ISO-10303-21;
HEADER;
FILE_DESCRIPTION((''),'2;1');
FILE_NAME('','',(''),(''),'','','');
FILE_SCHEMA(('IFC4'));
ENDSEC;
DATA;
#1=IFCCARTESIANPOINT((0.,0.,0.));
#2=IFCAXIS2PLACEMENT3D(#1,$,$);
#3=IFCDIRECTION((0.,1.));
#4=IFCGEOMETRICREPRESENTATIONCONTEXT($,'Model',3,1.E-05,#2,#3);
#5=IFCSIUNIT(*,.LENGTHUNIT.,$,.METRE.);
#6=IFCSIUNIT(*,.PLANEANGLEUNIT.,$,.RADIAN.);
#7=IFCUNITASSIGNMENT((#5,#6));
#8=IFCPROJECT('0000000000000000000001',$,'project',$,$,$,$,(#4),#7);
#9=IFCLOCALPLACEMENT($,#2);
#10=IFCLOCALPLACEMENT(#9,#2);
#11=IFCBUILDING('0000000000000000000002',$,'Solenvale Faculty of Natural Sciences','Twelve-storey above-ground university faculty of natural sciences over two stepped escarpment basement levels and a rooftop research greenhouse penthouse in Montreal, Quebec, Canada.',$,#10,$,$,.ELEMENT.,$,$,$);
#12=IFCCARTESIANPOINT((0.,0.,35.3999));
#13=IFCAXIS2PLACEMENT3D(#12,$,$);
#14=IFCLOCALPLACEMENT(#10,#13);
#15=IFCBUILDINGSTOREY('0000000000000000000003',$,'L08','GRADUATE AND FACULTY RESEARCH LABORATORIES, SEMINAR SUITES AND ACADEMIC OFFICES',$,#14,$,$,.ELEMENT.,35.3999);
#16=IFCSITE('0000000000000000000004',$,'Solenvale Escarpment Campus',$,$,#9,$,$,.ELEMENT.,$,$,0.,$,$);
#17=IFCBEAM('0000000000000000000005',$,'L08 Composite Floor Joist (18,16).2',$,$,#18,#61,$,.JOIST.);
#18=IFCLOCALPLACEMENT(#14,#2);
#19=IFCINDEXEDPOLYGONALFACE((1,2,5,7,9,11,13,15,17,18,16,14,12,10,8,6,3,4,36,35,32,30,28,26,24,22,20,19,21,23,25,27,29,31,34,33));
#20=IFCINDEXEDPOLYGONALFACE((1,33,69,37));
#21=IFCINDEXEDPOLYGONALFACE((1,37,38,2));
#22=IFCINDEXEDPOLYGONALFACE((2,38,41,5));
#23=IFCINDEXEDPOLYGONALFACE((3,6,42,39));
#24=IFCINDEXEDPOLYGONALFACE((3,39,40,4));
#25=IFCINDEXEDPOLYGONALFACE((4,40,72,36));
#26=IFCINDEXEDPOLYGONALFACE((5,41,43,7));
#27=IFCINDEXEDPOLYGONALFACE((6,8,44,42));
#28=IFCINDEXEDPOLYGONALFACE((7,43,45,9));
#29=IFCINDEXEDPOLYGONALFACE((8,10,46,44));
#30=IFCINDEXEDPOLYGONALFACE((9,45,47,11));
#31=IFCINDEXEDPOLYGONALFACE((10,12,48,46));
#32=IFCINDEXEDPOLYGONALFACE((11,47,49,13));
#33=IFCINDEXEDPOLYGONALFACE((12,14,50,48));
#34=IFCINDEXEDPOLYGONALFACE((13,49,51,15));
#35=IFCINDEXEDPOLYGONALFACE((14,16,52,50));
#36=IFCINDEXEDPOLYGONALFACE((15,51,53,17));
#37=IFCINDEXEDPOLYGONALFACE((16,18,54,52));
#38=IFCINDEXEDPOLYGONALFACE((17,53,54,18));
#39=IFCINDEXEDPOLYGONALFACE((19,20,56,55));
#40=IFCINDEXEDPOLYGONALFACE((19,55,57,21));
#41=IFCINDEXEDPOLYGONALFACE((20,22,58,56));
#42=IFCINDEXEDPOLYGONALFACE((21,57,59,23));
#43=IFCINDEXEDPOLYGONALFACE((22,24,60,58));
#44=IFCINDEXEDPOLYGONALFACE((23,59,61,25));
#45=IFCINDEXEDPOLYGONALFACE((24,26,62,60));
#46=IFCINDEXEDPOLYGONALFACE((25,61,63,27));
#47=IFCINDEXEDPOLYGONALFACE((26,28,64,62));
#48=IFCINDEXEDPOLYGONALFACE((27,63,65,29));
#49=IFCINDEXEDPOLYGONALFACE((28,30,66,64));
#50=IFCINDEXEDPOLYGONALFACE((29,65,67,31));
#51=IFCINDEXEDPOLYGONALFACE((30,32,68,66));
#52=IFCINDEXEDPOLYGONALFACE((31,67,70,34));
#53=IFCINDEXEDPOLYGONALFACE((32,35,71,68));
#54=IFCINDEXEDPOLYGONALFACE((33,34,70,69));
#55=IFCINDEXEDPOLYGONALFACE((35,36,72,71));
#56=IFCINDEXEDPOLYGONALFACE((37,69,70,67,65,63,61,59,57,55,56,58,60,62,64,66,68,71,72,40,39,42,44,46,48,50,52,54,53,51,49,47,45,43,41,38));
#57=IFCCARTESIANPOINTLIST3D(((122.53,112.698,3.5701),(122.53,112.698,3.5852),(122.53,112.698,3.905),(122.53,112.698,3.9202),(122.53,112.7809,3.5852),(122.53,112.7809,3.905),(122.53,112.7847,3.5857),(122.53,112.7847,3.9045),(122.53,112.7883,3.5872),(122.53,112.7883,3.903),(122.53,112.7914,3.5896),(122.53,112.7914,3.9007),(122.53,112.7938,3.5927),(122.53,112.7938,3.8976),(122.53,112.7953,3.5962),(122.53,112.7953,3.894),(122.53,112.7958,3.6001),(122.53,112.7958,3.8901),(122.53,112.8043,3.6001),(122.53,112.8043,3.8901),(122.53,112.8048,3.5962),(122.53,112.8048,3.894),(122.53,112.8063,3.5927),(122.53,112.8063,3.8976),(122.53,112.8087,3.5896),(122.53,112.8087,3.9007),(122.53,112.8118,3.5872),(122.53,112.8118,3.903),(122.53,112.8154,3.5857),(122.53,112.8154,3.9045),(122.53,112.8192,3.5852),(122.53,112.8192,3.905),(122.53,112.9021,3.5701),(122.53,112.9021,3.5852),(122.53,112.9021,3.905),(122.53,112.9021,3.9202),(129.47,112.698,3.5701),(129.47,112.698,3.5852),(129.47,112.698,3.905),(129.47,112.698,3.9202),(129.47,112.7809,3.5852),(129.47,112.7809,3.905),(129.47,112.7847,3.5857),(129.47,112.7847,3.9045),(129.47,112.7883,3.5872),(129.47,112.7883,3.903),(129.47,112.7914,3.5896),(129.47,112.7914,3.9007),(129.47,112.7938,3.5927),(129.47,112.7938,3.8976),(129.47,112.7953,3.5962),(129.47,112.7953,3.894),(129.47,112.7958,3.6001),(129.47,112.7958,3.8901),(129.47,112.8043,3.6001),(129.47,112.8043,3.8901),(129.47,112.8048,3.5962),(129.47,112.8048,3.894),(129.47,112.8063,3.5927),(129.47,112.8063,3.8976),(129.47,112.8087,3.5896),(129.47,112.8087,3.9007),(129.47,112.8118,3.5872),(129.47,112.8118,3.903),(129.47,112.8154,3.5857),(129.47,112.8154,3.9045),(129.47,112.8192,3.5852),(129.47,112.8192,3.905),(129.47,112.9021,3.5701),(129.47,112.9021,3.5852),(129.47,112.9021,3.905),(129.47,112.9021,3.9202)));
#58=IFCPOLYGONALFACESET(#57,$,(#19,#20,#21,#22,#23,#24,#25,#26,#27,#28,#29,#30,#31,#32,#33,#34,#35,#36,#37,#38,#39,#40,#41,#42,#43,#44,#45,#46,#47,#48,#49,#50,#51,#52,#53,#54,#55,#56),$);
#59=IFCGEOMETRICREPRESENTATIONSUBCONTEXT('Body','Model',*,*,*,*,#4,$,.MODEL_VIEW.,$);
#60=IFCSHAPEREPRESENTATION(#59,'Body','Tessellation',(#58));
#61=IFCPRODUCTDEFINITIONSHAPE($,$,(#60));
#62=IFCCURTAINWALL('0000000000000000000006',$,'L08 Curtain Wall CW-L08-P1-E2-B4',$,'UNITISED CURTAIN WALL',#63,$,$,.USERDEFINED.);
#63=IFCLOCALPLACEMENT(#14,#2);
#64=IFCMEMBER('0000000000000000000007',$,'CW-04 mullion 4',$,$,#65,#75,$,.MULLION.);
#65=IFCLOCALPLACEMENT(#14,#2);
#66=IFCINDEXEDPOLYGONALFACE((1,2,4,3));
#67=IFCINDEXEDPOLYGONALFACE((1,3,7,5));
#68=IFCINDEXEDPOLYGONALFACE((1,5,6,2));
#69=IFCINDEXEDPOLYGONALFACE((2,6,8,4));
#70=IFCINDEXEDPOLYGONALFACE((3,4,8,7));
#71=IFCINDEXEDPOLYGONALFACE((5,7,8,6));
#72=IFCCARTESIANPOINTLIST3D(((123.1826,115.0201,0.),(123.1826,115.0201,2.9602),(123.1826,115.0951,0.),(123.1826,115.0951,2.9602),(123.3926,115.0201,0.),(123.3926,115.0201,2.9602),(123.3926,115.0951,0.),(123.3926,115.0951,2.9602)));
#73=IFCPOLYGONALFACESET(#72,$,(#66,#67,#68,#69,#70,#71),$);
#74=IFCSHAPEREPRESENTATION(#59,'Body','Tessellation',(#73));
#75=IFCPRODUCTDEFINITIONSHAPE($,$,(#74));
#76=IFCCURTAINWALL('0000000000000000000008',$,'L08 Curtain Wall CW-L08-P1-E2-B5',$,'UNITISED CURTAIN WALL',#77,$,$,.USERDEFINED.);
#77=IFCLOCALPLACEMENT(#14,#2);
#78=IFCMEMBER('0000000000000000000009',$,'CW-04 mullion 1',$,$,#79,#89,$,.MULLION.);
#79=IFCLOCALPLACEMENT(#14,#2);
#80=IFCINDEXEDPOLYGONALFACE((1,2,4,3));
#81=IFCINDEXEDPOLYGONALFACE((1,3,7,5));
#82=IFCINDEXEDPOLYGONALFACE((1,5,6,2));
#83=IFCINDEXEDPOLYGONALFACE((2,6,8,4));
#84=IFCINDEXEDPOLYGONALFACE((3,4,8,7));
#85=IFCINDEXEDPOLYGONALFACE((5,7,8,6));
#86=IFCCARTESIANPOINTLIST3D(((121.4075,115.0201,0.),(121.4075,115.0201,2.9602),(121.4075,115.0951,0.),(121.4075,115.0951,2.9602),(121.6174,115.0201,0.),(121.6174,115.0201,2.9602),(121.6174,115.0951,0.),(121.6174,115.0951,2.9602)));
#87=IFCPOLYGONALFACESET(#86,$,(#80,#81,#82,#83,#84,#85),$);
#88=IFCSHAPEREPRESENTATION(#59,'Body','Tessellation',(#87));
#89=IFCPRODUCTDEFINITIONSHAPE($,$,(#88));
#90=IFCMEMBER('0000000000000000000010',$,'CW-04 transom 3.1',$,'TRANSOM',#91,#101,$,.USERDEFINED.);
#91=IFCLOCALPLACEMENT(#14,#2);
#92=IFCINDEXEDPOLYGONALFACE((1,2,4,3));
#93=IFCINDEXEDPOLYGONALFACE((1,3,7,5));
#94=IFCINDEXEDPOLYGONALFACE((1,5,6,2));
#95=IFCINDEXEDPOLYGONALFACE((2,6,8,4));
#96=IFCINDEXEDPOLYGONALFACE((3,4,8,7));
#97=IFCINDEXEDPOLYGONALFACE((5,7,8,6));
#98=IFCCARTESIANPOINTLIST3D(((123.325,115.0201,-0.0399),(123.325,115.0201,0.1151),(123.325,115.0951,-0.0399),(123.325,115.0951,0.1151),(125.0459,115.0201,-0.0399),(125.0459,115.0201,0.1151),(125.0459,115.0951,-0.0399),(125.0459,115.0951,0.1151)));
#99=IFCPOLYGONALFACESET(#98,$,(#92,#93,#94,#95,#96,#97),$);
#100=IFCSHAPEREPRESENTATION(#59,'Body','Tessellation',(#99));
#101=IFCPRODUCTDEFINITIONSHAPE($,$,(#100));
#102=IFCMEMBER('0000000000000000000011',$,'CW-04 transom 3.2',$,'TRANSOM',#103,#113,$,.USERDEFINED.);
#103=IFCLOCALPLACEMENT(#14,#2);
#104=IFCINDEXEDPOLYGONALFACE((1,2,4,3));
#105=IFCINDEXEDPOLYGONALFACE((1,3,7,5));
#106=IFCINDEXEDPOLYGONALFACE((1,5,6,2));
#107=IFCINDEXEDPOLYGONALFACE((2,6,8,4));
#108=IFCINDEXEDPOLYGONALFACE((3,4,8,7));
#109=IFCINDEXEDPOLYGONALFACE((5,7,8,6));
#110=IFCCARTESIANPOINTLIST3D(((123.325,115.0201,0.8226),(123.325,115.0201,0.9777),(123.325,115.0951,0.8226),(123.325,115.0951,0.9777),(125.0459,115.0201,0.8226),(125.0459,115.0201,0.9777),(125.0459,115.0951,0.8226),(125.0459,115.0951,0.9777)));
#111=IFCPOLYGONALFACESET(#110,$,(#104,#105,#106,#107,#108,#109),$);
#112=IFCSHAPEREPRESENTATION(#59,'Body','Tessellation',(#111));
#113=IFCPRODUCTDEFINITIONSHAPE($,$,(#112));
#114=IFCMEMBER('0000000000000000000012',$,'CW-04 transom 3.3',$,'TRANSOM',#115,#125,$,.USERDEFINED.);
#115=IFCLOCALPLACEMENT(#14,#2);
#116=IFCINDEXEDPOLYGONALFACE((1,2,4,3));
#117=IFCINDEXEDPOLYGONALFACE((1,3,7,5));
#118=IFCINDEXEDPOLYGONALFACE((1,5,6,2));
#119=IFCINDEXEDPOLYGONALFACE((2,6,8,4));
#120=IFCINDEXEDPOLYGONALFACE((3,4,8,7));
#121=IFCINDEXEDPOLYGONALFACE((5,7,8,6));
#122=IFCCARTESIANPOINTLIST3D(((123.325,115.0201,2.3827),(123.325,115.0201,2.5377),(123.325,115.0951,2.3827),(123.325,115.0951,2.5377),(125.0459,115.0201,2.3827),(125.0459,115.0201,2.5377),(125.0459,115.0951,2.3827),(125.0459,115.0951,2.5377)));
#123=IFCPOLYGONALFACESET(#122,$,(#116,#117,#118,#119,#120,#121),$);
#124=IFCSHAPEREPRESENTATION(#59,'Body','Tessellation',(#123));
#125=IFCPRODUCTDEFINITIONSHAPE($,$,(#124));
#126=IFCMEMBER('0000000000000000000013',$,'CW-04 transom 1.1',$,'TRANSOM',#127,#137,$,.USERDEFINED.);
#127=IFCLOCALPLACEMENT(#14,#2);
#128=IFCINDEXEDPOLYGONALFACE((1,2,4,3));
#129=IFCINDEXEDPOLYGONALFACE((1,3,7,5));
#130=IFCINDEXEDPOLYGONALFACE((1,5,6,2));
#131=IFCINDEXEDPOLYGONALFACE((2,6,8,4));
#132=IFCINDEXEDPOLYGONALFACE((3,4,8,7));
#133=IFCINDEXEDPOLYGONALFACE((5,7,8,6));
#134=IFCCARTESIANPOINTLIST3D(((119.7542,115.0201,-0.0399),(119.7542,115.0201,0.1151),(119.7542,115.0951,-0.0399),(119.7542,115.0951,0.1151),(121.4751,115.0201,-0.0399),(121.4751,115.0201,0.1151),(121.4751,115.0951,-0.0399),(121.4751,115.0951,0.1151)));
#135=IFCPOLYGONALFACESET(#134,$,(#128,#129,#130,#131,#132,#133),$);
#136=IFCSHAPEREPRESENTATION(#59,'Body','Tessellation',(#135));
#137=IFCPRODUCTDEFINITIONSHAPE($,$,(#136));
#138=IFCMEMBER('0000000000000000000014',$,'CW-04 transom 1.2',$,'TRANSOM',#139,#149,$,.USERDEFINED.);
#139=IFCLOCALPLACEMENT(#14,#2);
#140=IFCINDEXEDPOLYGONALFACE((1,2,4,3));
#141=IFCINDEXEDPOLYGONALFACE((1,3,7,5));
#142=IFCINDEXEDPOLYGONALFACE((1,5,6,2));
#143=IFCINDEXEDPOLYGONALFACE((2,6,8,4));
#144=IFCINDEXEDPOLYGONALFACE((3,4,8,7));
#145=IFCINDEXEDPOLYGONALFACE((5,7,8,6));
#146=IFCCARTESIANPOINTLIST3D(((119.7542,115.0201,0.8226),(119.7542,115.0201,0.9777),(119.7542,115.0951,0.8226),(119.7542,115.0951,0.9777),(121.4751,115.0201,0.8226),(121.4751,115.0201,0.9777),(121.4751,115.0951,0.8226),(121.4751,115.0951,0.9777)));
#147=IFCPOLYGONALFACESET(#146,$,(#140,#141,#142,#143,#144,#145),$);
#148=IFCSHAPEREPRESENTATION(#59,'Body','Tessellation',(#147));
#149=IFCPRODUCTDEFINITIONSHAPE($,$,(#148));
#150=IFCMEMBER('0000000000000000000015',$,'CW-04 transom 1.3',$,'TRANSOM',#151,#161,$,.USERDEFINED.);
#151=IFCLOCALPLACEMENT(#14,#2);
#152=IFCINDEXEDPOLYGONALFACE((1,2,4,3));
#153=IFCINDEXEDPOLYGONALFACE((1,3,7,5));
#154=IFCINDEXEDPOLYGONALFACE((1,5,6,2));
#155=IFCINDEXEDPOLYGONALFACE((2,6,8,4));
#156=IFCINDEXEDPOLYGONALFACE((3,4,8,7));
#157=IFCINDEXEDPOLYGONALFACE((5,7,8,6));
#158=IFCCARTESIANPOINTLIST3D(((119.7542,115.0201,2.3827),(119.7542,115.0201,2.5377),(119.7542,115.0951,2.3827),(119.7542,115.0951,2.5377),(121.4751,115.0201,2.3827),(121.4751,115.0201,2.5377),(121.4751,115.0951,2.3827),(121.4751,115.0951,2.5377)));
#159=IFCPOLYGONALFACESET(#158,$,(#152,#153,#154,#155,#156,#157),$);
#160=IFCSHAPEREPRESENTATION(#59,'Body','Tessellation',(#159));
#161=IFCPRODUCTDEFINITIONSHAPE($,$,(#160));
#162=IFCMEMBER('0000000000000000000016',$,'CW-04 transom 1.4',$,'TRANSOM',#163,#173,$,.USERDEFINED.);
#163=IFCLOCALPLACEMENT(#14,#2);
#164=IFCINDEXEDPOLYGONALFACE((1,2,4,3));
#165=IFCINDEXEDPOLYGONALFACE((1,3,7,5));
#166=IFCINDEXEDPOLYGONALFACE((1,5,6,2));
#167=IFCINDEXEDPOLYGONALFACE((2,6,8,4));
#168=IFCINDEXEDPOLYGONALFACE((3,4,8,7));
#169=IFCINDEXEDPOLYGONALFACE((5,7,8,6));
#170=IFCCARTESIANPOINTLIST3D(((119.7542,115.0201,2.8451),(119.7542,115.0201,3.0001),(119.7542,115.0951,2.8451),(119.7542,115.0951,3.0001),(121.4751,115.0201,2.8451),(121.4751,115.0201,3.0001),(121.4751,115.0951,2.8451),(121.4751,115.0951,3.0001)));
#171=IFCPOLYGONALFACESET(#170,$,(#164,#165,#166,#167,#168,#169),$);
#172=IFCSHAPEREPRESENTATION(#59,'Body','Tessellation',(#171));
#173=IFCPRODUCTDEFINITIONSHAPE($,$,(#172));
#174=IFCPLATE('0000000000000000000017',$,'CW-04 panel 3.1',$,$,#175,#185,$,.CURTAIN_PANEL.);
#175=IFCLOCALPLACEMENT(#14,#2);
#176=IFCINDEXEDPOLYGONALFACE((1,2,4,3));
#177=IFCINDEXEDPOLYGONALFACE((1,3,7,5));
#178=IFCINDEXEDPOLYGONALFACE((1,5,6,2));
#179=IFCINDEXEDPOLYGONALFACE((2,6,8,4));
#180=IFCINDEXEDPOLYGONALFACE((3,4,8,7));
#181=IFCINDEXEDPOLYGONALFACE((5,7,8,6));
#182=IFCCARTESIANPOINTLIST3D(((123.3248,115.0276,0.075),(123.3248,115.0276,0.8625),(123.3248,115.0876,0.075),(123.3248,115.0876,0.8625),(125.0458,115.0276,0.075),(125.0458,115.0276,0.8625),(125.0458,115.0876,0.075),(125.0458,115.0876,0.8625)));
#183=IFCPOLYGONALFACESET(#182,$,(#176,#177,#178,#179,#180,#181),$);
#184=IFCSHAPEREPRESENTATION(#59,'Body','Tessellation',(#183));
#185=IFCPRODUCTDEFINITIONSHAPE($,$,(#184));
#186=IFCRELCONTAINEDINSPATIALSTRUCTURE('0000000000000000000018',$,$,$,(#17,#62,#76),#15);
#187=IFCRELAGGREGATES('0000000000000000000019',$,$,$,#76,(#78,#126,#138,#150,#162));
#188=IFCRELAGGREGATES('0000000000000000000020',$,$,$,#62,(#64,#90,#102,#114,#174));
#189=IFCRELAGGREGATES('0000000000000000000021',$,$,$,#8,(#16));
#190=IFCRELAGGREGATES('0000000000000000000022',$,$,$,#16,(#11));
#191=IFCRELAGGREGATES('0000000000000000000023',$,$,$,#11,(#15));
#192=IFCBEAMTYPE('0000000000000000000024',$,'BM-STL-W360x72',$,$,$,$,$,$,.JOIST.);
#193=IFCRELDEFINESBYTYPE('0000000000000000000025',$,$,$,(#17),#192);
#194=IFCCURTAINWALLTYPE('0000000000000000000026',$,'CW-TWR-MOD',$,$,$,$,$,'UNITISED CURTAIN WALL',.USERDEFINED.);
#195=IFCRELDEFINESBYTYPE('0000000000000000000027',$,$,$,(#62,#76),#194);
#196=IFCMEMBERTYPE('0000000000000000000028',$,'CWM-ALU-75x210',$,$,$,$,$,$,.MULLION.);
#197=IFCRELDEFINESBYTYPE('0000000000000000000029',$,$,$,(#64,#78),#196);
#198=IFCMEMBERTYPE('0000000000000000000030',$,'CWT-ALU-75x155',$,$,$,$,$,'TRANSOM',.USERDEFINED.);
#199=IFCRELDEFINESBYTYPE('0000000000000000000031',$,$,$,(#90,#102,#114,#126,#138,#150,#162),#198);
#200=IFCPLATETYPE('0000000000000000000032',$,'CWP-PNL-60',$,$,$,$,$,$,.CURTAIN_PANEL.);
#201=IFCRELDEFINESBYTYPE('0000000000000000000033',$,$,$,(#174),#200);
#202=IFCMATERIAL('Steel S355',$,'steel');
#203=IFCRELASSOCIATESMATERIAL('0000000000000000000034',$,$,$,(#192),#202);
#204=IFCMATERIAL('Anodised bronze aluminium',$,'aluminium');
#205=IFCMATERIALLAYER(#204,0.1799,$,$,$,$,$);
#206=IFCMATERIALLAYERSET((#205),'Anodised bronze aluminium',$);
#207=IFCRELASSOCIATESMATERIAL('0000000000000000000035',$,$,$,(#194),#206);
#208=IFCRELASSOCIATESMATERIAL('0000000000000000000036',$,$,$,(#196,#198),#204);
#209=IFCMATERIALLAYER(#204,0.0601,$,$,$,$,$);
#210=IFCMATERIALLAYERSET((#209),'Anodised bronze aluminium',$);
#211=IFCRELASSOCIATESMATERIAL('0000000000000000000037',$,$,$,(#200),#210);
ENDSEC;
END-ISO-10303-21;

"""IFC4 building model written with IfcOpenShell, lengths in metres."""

from ifc_helpers import new_model, si_unit, direction, frame, origin, origin_2d, place, context, subcontext, project, spatial, rectangle, i_section, extrude, material, layer, layer_set, material_profile, profile_set, type_object, element, aggregate, save


model = new_model("IFC4")

# Units and contexts
model_context = context("Model", 3, precision=1e-05, world=origin(), true_north=direction((0.0, 1.0)))
body_context = subcontext(model_context, "Body", "Model", "MODEL_VIEW")
ifc_project = project(units=[si_unit("LENGTHUNIT", "METRE"), si_unit("PLANEANGLEUNIT", "RADIAN")], contexts=[model_context])

# Site, building, storey
site_placement = place(None, origin())
site = spatial("IfcSite", under=ifc_project, at=site_placement, Name="Solenvale Escarpment Campus", CompositionType="ELEMENT", RefElevation=0.0)
building_placement = place(site_placement, origin())
building = spatial("IfcBuilding", under=site, at=building_placement, Name="Solenvale Faculty of Natural Sciences", Description="Twelve-storey above-ground university faculty of natural sciences over two stepped escarpment basement levels and a rooftop research greenhouse penthouse in Montreal, Quebec, Canada.", CompositionType="ELEMENT")
storey_placement = place(building_placement, frame((0.0, 0.0, 35.3999)))
storey = spatial("IfcBuildingStorey", under=building, at=storey_placement, Name="L08", Description="GRADUATE AND FACULTY RESEARCH LABORATORIES, SEMINAR SUITES AND ACADEMIC OFFICES", CompositionType="ELEMENT", Elevation=35.3999)

# Beam
ifc_material_1 = material(Name="Steel S355", Category="steel")
ifc_material_profile_1 = material_profile(ifc_material_1, i_section(OverallWidth=0.2041, OverallDepth=0.3501, WebThickness=0.0085, FlangeThickness=0.0151, FilletRadius=0.0149, at=origin_2d()), Name="W360x72")
ifc_profile_set_1 = profile_set([ifc_material_profile_1], Name="Steel S355")
beam_type_1 = type_object("IfcBeamType", Name="BM-STL-W360x72", PredefinedType="JOIST", material=ifc_profile_set_1)
for number, where, z_axis, x_axis, name in (
    (1, (122.53, 112.8, 3.7451), (1.0, 0.0, 0.0), (0.0, 1.0, 0.0), "L08 Composite Floor Joist (18,16).2"),
):
    element("IfcBeam", number, at=place(storey_placement, frame(where, z_axis=z_axis, x_axis=x_axis)), inside=storey, type_object=beam_type_1, Name=name, PredefinedType="JOIST", context=body_context, shape_type="SweptSolid", body=[
        extrude(i_section(OverallWidth=0.2041, OverallDepth=0.3501, WebThickness=0.0085, FlangeThickness=0.0151, FilletRadius=0.0149, at=origin_2d()), origin(), (0.0, 0.0, 1.0), 6.9399),
    ])

# Curtain walls, members
ifc_material_2 = material(Name="Anodised bronze aluminium", Category="aluminium")
ifc_layer_1 = layer(ifc_material_2, 0.1799)
ifc_layer_set_1 = layer_set([ifc_layer_1], Name="Anodised bronze aluminium")
curtain_wall_type = type_object("IfcCurtainWallType", Name="CW-TWR-MOD", ElementType="UNITISED CURTAIN WALL", PredefinedType="USERDEFINED", material=ifc_layer_set_1)
curtain_wall_1_placement = place(storey_placement, origin())
curtain_wall_1 = element("IfcCurtainWall", 2, at=curtain_wall_1_placement, inside=storey, type_object=curtain_wall_type, Name="L08 Curtain Wall CW-L08-P1-E2-B4", ObjectType="UNITISED CURTAIN WALL", PredefinedType="USERDEFINED")
ifc_material_profile_2 = material_profile(ifc_material_2, rectangle(XDim=0.075, YDim=0.21, at=origin_2d()), Name="ALU-MUL-75x210")
ifc_profile_set_2 = profile_set([ifc_material_profile_2], Name="Anodised bronze aluminium")
member_type_1 = type_object("IfcMemberType", Name="CWM-ALU-75x210", PredefinedType="MULLION", material=ifc_profile_set_2)
member_1_placement = place(storey_placement, frame((123.2876, 115.0576, 0.0), z_axis=(0.0, 0.0, 1.0), x_axis=(0.0, -1.0, 0.0)))
member_1 = element("IfcMember", 3, at=member_1_placement, type_object=member_type_1, Name="CW-04 mullion 4", PredefinedType="MULLION", context=body_context, shape_type="SweptSolid", body=[
    extrude(rectangle(XDim=0.075, YDim=0.21, at=origin_2d()), origin(), (0.0, 0.0, 1.0), 2.9602),
])
curtain_wall_2_placement = place(storey_placement, origin())
curtain_wall_2 = element("IfcCurtainWall", 4, at=curtain_wall_2_placement, inside=storey, type_object=curtain_wall_type, Name="L08 Curtain Wall CW-L08-P1-E2-B5", ObjectType="UNITISED CURTAIN WALL", PredefinedType="USERDEFINED")
member_2_placement = place(storey_placement, frame((121.5125, 115.0576, 0.0), z_axis=(0.0, 0.0, 1.0), x_axis=(0.0, -1.0, 0.0)))
member_2 = element("IfcMember", 5, at=member_2_placement, type_object=member_type_1, Name="CW-04 mullion 1", PredefinedType="MULLION", context=body_context, shape_type="SweptSolid", body=[
    extrude(rectangle(XDim=0.075, YDim=0.21, at=origin_2d()), origin(), (0.0, 0.0, 1.0), 2.9602),
])

# Members
ifc_material_profile_3 = material_profile(ifc_material_2, rectangle(XDim=0.075, YDim=0.155, at=origin_2d()), Name="ALU-TRN-75x155")
ifc_profile_set_3 = profile_set([ifc_material_profile_3], Name="Anodised bronze aluminium")
member_type_2 = type_object("IfcMemberType", Name="CWT-ALU-75x155", ElementType="TRANSOM", PredefinedType="USERDEFINED", material=ifc_profile_set_3)
member_3_placement = place(storey_placement, frame((125.0459, 115.0576, 0.0376), z_axis=(-1.0, 0.0, 0.0), x_axis=(0.0, -1.0, 0.0)))
member_3 = element("IfcMember", 6, at=member_3_placement, type_object=member_type_2, Name="CW-04 transom 3.1", ObjectType="TRANSOM", PredefinedType="USERDEFINED", context=body_context, shape_type="SweptSolid", body=[
    extrude(rectangle(XDim=0.075, YDim=0.155, at=origin_2d()), origin(), (0.0, 0.0, 1.0), 1.7209),
])
member_4_placement = place(storey_placement, frame((125.0459, 115.0576, 0.9001), z_axis=(-1.0, 0.0, 0.0), x_axis=(0.0, -1.0, 0.0)))
member_4 = element("IfcMember", 7, at=member_4_placement, type_object=member_type_2, Name="CW-04 transom 3.2", ObjectType="TRANSOM", PredefinedType="USERDEFINED", context=body_context, shape_type="SweptSolid", body=[
    extrude(rectangle(XDim=0.075, YDim=0.155, at=origin_2d()), origin(), (0.0, 0.0, 1.0), 1.7209),
])
member_5_placement = place(storey_placement, frame((125.0459, 115.0576, 2.4602), z_axis=(-1.0, 0.0, 0.0), x_axis=(0.0, -1.0, 0.0)))
member_5 = element("IfcMember", 8, at=member_5_placement, type_object=member_type_2, Name="CW-04 transom 3.3", ObjectType="TRANSOM", PredefinedType="USERDEFINED", context=body_context, shape_type="SweptSolid", body=[
    extrude(rectangle(XDim=0.075, YDim=0.155, at=origin_2d()), origin(), (0.0, 0.0, 1.0), 1.7209),
])
member_6_placement = place(storey_placement, frame((121.4751, 115.0576, 0.0376), z_axis=(-1.0, 0.0, 0.0), x_axis=(0.0, -1.0, 0.0)))
member_6 = element("IfcMember", 9, at=member_6_placement, type_object=member_type_2, Name="CW-04 transom 1.1", ObjectType="TRANSOM", PredefinedType="USERDEFINED", context=body_context, shape_type="SweptSolid", body=[
    extrude(rectangle(XDim=0.075, YDim=0.155, at=origin_2d()), origin(), (0.0, 0.0, 1.0), 1.7209),
])
member_7_placement = place(storey_placement, frame((121.4751, 115.0576, 0.9001), z_axis=(-1.0, 0.0, 0.0), x_axis=(0.0, -1.0, 0.0)))
member_7 = element("IfcMember", 10, at=member_7_placement, type_object=member_type_2, Name="CW-04 transom 1.2", ObjectType="TRANSOM", PredefinedType="USERDEFINED", context=body_context, shape_type="SweptSolid", body=[
    extrude(rectangle(XDim=0.075, YDim=0.155, at=origin_2d()), origin(), (0.0, 0.0, 1.0), 1.7209),
])
member_8_placement = place(storey_placement, frame((121.4751, 115.0576, 2.4602), z_axis=(-1.0, 0.0, 0.0), x_axis=(0.0, -1.0, 0.0)))
member_8 = element("IfcMember", 11, at=member_8_placement, type_object=member_type_2, Name="CW-04 transom 1.3", ObjectType="TRANSOM", PredefinedType="USERDEFINED", context=body_context, shape_type="SweptSolid", body=[
    extrude(rectangle(XDim=0.075, YDim=0.155, at=origin_2d()), origin(), (0.0, 0.0, 1.0), 1.7209),
])
member_9_placement = place(storey_placement, frame((121.4751, 115.0576, 2.9226), z_axis=(-1.0, 0.0, 0.0), x_axis=(0.0, -1.0, 0.0)))
member_9 = element("IfcMember", 12, at=member_9_placement, type_object=member_type_2, Name="CW-04 transom 1.4", ObjectType="TRANSOM", PredefinedType="USERDEFINED", context=body_context, shape_type="SweptSolid", body=[
    extrude(rectangle(XDim=0.075, YDim=0.155, at=origin_2d()), origin(), (0.0, 0.0, 1.0), 1.7209),
])
aggregate(curtain_wall_2, [member_2, member_6, member_7, member_8, member_9])

# Plate
ifc_layer_2 = layer(ifc_material_2, 0.0601)
ifc_layer_set_2 = layer_set([ifc_layer_2], Name="Anodised bronze aluminium")
plate_type = type_object("IfcPlateType", Name="CWP-PNL-60", PredefinedType="CURTAIN_PANEL", material=ifc_layer_set_2)
plate_1_placement = place(storey_placement, frame((124.1853, 115.0576, 0.075), z_axis=(0.0, 0.0, 1.0), x_axis=(-1.0, 0.0, 0.0)))
plate_1 = element("IfcPlate", 13, at=plate_1_placement, type_object=plate_type, Name="CW-04 panel 3.1", PredefinedType="CURTAIN_PANEL", context=body_context, shape_type="SweptSolid", body=[
    extrude(rectangle(XDim=1.7209, YDim=0.0601, at=origin_2d()), origin(), (0.0, 0.0, 1.0), 0.7876),
])
aggregate(curtain_wall_1, [member_1, member_3, member_4, member_5, plate_1])

save(model, "model.ifc")
